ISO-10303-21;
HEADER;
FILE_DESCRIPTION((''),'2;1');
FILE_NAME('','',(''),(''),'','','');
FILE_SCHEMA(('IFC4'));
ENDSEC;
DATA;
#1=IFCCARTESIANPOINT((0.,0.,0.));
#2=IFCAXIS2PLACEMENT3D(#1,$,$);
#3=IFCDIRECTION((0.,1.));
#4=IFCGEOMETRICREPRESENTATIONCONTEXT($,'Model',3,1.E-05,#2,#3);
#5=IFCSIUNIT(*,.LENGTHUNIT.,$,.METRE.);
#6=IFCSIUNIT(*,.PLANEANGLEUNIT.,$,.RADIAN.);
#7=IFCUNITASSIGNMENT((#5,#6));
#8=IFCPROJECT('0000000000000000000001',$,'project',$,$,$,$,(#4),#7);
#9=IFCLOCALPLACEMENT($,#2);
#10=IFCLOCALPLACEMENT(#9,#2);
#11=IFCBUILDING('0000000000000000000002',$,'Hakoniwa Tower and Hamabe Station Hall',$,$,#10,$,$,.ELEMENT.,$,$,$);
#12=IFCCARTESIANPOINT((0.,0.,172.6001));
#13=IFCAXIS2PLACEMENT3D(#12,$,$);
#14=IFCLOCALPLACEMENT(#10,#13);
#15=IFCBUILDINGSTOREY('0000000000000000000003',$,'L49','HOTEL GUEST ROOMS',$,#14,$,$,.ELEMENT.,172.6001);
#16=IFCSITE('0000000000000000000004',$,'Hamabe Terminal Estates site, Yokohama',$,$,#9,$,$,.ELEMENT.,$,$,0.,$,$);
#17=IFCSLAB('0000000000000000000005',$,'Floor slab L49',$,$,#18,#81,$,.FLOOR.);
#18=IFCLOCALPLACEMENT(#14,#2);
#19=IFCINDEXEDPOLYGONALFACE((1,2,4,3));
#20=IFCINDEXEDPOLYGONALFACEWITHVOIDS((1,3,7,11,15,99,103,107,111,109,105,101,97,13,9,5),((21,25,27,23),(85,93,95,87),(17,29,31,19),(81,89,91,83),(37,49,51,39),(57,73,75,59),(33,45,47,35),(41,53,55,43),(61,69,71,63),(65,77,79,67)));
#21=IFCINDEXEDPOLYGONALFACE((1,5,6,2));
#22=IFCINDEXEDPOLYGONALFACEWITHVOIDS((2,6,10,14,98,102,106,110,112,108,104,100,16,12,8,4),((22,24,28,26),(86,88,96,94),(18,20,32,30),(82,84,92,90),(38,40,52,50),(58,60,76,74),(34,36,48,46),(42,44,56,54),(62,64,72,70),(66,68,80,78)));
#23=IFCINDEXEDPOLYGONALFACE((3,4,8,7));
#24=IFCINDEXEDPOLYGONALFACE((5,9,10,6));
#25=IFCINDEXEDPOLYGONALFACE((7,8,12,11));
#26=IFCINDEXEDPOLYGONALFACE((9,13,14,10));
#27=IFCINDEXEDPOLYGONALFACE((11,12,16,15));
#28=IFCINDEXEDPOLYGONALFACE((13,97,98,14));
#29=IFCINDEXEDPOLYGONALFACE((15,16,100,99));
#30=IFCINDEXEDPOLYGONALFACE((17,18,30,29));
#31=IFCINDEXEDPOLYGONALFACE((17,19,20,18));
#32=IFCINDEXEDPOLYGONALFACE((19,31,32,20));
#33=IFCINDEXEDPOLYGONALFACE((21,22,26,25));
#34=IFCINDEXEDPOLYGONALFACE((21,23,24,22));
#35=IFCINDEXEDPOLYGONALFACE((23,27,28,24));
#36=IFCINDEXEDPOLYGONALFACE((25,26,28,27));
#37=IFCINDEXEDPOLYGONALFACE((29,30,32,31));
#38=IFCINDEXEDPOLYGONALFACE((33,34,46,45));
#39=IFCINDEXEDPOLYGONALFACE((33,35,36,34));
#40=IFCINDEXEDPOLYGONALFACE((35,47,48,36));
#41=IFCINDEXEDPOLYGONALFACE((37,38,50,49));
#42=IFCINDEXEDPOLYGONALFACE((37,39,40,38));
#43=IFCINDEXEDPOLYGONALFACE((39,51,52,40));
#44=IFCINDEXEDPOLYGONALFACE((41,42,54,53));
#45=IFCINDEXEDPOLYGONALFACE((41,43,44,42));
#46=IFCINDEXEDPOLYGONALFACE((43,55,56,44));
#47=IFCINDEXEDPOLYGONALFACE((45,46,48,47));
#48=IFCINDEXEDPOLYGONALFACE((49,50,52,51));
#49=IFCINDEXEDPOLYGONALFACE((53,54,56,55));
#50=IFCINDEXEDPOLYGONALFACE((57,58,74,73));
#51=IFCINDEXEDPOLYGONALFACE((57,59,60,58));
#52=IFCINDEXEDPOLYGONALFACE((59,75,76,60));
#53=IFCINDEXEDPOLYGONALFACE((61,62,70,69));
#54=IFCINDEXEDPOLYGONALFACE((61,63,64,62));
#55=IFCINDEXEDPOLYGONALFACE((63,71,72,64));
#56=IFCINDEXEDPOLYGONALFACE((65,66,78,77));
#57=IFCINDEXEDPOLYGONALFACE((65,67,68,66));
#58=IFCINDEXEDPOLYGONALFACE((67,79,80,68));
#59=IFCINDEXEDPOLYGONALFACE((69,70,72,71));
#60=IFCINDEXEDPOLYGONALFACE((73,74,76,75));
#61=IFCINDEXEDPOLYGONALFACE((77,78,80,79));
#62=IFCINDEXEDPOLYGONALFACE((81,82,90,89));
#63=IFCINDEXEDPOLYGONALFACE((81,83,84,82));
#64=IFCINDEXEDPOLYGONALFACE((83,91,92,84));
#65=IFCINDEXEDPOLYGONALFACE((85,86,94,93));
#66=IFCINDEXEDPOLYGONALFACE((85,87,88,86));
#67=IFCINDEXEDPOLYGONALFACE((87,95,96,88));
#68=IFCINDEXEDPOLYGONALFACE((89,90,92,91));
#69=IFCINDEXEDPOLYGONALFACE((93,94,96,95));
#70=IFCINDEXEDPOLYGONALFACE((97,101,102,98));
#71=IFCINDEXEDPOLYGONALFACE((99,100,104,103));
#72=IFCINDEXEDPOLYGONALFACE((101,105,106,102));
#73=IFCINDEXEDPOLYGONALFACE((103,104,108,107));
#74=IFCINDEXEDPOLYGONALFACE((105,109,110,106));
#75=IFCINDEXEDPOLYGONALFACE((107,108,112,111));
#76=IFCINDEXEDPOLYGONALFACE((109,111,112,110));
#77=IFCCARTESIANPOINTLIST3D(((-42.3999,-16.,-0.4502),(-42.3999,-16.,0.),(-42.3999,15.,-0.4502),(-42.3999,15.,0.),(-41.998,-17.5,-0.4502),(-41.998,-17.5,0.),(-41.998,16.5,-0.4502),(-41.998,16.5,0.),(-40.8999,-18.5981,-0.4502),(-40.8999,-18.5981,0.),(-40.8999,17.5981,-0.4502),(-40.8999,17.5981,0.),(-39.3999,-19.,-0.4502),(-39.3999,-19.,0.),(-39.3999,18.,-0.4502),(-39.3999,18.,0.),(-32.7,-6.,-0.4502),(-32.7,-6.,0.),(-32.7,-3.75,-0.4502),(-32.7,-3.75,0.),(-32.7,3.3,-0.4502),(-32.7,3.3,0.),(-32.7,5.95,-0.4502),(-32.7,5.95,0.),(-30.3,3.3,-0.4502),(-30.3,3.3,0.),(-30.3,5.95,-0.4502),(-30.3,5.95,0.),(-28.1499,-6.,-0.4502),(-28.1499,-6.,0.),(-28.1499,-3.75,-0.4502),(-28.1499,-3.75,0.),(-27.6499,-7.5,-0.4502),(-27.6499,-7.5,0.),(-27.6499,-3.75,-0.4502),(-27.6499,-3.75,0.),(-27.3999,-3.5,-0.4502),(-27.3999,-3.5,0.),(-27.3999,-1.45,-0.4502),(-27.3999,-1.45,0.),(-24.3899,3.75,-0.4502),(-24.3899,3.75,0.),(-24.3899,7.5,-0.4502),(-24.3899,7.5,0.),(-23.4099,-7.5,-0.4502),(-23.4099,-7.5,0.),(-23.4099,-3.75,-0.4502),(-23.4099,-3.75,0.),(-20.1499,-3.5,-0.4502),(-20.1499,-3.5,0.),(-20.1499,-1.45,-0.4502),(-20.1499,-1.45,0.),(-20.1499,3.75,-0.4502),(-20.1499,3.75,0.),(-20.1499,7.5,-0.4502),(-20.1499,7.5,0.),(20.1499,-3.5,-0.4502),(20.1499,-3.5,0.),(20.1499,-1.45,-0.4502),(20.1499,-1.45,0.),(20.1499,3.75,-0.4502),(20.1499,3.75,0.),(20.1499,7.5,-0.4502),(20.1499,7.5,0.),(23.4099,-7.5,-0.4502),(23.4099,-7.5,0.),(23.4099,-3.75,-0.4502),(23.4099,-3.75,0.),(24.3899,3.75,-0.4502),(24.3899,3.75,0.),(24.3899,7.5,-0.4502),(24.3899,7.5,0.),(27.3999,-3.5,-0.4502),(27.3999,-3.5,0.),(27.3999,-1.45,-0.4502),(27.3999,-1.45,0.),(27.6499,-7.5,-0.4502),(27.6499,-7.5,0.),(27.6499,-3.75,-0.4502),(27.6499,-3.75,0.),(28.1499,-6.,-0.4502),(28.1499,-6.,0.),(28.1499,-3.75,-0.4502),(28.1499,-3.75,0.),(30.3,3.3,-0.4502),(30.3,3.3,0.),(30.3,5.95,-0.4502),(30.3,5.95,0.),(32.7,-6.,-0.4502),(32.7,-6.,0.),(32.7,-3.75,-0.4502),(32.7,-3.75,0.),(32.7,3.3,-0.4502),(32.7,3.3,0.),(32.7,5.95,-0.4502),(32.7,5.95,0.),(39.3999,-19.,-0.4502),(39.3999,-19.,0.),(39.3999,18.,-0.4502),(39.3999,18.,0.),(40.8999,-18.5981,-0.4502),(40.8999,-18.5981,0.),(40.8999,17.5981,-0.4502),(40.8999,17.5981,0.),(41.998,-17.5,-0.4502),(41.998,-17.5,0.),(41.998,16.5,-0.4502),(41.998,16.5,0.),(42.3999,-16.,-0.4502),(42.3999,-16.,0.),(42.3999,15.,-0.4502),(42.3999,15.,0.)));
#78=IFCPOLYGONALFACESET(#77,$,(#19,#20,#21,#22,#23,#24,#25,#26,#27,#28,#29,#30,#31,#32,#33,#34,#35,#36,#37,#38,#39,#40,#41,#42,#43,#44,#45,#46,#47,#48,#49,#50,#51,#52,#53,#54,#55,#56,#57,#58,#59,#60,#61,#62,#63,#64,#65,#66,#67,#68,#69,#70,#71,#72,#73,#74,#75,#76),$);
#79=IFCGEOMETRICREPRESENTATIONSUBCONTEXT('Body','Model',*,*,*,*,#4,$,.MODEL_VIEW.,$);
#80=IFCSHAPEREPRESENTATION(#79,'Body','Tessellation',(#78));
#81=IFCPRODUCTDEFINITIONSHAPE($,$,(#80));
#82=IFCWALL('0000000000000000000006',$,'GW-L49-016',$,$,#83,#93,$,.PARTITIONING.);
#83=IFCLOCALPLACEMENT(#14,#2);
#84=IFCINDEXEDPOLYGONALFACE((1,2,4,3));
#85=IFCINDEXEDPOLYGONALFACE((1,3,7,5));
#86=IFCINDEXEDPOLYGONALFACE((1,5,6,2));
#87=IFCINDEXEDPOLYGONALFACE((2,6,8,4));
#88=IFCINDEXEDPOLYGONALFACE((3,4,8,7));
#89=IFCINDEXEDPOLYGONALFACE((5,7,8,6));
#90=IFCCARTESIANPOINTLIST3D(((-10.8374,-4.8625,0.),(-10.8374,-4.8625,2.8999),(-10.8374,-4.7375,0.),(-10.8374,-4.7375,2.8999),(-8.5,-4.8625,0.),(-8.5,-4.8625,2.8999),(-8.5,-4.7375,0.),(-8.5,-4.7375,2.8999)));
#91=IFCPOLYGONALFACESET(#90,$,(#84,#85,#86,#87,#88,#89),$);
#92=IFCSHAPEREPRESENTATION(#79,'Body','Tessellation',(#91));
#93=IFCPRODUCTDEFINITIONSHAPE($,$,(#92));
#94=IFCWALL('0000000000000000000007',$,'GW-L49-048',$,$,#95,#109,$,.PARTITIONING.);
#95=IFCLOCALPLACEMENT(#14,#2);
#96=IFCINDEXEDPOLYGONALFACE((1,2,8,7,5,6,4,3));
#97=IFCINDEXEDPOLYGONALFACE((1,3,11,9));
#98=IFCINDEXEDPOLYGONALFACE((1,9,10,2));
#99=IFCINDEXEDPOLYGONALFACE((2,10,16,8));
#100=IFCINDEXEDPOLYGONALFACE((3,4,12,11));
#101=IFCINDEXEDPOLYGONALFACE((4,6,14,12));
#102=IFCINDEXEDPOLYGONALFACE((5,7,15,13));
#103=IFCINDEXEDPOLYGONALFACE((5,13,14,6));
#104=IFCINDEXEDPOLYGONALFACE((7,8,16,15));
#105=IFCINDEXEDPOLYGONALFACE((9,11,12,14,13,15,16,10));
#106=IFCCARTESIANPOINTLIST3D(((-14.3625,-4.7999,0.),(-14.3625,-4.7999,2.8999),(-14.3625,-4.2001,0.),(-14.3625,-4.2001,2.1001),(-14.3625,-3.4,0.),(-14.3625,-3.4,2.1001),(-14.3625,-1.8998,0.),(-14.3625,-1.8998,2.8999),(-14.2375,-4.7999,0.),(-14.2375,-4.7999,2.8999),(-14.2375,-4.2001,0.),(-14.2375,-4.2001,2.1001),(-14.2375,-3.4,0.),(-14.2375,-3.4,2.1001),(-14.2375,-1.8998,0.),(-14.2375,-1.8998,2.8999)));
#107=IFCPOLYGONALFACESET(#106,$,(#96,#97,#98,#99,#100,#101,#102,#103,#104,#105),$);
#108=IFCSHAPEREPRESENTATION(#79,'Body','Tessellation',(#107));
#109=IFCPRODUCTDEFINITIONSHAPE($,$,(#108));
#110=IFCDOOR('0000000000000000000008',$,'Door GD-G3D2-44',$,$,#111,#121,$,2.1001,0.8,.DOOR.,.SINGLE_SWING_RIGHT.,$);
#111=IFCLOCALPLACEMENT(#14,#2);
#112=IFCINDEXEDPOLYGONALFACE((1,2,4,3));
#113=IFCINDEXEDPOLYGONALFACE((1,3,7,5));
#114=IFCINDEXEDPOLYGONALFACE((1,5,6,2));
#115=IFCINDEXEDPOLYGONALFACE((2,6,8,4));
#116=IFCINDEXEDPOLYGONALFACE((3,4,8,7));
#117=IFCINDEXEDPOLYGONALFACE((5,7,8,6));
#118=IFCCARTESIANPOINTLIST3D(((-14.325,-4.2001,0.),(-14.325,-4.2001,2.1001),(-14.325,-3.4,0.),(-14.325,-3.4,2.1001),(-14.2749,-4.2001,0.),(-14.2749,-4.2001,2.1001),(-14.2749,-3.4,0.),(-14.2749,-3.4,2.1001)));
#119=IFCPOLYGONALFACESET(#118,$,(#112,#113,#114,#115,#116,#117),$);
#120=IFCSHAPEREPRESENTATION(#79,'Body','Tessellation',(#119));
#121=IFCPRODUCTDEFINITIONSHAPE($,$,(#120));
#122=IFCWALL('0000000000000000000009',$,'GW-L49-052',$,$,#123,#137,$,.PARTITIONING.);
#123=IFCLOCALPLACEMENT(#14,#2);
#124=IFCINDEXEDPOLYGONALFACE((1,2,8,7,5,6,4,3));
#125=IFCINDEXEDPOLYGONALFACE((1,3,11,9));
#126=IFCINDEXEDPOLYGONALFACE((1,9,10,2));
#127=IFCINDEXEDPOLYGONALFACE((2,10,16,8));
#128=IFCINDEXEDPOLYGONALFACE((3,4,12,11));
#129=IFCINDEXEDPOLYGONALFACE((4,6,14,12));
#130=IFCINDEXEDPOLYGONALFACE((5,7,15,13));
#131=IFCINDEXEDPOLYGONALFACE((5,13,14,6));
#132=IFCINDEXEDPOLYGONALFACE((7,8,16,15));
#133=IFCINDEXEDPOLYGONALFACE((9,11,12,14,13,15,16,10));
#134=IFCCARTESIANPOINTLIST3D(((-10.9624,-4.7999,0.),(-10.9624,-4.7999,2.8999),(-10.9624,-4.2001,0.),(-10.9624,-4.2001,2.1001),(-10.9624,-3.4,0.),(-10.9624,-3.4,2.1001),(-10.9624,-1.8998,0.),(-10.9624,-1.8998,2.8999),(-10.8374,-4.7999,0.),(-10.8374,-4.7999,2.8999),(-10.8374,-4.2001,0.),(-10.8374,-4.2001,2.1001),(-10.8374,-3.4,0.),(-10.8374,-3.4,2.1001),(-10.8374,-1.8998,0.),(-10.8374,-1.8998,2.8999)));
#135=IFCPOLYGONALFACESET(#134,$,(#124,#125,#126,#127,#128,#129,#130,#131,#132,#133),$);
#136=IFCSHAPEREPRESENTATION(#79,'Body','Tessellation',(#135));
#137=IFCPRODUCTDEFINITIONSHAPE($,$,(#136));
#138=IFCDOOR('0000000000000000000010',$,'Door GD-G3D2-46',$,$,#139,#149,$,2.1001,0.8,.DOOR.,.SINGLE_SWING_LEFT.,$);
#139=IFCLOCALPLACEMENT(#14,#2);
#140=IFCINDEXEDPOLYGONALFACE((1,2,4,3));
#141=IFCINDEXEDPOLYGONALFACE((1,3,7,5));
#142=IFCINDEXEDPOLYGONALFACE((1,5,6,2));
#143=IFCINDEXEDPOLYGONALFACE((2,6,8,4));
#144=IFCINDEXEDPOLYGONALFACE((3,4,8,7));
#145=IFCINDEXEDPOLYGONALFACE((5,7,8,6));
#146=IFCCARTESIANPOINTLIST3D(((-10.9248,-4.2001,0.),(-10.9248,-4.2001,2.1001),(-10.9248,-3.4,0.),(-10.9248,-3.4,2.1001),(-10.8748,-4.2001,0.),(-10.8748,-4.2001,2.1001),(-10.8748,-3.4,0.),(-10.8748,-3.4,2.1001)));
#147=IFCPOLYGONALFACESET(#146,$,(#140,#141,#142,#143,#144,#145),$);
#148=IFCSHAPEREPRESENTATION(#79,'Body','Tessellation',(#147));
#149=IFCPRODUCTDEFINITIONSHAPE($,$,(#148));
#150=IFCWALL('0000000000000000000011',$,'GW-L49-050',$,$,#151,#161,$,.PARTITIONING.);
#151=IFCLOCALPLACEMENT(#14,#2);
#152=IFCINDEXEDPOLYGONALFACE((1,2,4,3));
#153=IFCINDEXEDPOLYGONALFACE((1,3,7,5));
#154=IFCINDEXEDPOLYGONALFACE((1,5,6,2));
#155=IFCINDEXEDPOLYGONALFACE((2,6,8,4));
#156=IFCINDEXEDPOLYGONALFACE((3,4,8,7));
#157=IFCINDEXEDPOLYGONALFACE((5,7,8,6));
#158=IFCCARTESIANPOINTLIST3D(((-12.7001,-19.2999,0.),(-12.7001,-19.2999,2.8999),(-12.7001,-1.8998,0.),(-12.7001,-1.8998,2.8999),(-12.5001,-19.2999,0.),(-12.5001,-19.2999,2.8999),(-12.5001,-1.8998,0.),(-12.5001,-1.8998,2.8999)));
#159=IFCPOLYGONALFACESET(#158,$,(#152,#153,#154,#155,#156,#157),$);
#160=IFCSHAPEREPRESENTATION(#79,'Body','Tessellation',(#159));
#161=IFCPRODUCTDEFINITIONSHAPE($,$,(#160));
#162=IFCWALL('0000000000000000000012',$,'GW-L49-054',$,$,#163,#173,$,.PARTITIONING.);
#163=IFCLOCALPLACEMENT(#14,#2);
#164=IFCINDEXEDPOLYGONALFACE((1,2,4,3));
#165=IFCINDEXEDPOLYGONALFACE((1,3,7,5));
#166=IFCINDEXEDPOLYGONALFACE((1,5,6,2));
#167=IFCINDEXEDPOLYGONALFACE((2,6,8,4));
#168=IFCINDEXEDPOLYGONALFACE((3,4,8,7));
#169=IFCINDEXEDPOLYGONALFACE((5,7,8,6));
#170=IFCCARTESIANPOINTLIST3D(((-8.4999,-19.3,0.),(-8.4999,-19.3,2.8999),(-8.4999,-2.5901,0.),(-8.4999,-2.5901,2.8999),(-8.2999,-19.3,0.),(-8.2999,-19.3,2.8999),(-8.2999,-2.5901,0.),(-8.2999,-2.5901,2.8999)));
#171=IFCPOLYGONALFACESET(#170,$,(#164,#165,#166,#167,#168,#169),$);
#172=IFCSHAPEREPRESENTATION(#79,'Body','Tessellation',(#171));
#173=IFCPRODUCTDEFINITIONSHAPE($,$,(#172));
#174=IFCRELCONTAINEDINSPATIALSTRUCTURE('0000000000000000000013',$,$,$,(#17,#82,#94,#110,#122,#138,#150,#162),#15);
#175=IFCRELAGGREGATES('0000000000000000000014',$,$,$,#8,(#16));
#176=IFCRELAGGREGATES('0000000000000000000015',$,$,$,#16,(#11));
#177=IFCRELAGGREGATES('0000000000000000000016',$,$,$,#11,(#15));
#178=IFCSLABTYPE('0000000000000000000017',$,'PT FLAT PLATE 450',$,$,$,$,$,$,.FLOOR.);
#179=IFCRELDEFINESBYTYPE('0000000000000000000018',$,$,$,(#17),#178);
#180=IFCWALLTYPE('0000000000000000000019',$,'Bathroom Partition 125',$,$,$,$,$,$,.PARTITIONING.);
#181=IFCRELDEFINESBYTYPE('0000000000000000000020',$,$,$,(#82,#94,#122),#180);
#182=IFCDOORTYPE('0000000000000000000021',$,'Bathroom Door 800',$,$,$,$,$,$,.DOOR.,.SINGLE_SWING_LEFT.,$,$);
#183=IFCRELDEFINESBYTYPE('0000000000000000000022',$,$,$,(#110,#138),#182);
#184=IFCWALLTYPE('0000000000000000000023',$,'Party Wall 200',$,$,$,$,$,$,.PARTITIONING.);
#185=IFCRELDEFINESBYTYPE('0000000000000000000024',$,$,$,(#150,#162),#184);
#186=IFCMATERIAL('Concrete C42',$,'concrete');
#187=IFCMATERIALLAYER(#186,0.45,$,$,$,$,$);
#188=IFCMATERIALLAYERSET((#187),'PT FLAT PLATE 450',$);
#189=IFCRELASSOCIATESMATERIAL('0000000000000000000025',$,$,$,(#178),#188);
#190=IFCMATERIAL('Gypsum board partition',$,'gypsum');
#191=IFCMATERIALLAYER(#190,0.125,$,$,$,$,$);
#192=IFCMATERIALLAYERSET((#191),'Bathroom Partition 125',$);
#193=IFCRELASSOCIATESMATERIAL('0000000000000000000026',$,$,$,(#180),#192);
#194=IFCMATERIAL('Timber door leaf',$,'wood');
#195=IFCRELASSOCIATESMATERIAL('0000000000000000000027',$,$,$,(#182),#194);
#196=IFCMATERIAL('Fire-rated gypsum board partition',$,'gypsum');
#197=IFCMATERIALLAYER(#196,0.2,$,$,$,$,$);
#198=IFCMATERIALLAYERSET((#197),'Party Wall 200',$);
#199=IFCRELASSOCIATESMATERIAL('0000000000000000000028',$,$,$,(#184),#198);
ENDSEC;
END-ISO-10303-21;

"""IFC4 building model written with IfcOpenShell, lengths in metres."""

from ifc_helpers import new_model, si_unit, direction, frame, frame_2d, origin, place, context, subcontext, project, spatial, polyline, rectangle, outline, extrude, material, layer, layer_set, type_object, element, fill, save


model = new_model("IFC4")

# Units and contexts
model_context = context("Model", 3, precision=1e-05, world=origin(), true_north=direction((0.0, 1.0)))
body_context = subcontext(model_context, "Body", "Model", "MODEL_VIEW")
ifc_project = project(units=[si_unit("LENGTHUNIT", "METRE"), si_unit("PLANEANGLEUNIT", "RADIAN")], contexts=[model_context])

# Site, building, storey
site_placement = place(None, origin())
site = spatial("IfcSite", under=ifc_project, at=site_placement, Name="Hamabe Terminal Estates site, Yokohama", CompositionType="ELEMENT", RefElevation=0.0)
building_placement = place(site_placement, origin())
building = spatial("IfcBuilding", under=site, at=building_placement, Name="Hakoniwa Tower and Hamabe Station Hall", CompositionType="ELEMENT")
storey_placement = place(building_placement, frame((0.0, 0.0, 172.6001)))
storey = spatial("IfcBuildingStorey", under=building, at=storey_placement, Name="L49", Description="HOTEL GUEST ROOMS", CompositionType="ELEMENT", Elevation=172.6001)

# Slab
ifc_material_1 = material(Name="Concrete C42", Category="concrete")
ifc_layer_1 = layer(ifc_material_1, 0.45)
ifc_layer_set_1 = layer_set([ifc_layer_1], Name="PT FLAT PLATE 450")
slab_type = type_object("IfcSlabType", Name="PT FLAT PLATE 450", PredefinedType="FLOOR", material=ifc_layer_set_1)
slab_placement = place(storey_placement, frame((0.0, 0.0, -0.4502)))
element("IfcSlab", 1, at=slab_placement, inside=storey, type_object=slab_type, Name="Floor slab L49", PredefinedType="FLOOR", context=body_context, shape_type="SweptSolid", body=[
    extrude(outline(polyline([(42.3999, -16.0), (42.3999, 15.0), (41.998, 16.5), (40.8999, 17.5981), (39.3999, 18.0), (-39.3999, 18.0), (-40.8999, 17.5981), (-41.998, 16.5), (-42.3999, 15.0), (-42.3999, -16.0), (-41.998, -17.5), (-40.8999, -18.5981), (-39.3999, -19.0), (39.3999, -19.0), (40.8999, -18.5981), (41.998, -17.5), (42.3999, -16.0)]), holes=[polyline([(-27.3999, -3.5), (-27.3999, -1.45), (-20.1499, -1.45), (-20.1499, -3.5), (-27.3999, -3.5)]), polyline([(-32.7, 3.3), (-32.7, 5.95), (-30.3, 5.95), (-30.3, 3.3), (-32.7, 3.3)]), polyline([(-32.7, -6.0), (-32.7, -3.75), (-28.1499, -3.75), (-28.1499, -6.0), (-32.7, -6.0)]), polyline([(-24.3899, 3.75), (-24.3899, 7.5), (-20.1499, 7.5), (-20.1499, 3.75), (-24.3899, 3.75)]), polyline([(-27.6499, -7.5), (-27.6499, -3.75), (-23.4099, -3.75), (-23.4099, -7.5), (-27.6499, -7.5)]), polyline([(20.1499, -3.5), (20.1499, -1.45), (27.3999, -1.45), (27.3999, -3.5), (20.1499, -3.5)]), polyline([(30.3, 3.3), (30.3, 5.95), (32.7, 5.95), (32.7, 3.3), (30.3, 3.3)]), polyline([(28.1499, -6.0), (28.1499, -3.75), (32.7, -3.75), (32.7, -6.0), (28.1499, -6.0)]), polyline([(20.1499, 3.75), (20.1499, 7.5), (24.3899, 7.5), (24.3899, 3.75), (20.1499, 3.75)]), polyline([(23.4099, -7.5), (23.4099, -3.75), (27.6499, -3.75), (27.6499, -7.5), (23.4099, -7.5)])]), origin(), (0.0, 0.0, 1.0), 0.4502),
])

# Wall
ifc_material_2 = material(Name="Gypsum board partition", Category="gypsum")
ifc_layer_2 = layer(ifc_material_2, 0.125)
ifc_layer_set_2 = layer_set([ifc_layer_2], Name="Bathroom Partition 125")
wall_type_1 = type_object("IfcWallType", Name="Bathroom Partition 125", PredefinedType="PARTITIONING", material=ifc_layer_set_2)
wall_1_placement = place(storey_placement, frame((-10.8374, -4.8, 0.0), z_axis=(0.0, 0.0, 1.0), x_axis=(1.0, 0.0, 0.0)))
element("IfcWall", 2, at=wall_1_placement, inside=storey, type_object=wall_type_1, Name="GW-L49-016", PredefinedType="PARTITIONING", context=body_context, shape_type="SweptSolid", body=[
    extrude(rectangle(XDim=2.3374, YDim=0.125, at=frame_2d((1.1687, 0.0))), origin(), (0.0, 0.0, 1.0), 2.8999),
])

# Walls, openings, doors
wall_2_placement = place(storey_placement, frame((-14.3, -4.8, 0.0), z_axis=(0.0, 0.0, 1.0), x_axis=(0.0, 1.0, 0.0)))
wall_2 = element("IfcWall", 3, at=wall_2_placement, inside=storey, type_object=wall_type_1, Name="GW-L49-048", PredefinedType="PARTITIONING", context=body_context, shape_type="SweptSolid", body=[
    extrude(rectangle(XDim=2.9001, YDim=0.125, at=frame_2d((1.4502, 0.0))), origin(), (0.0, 0.0, 1.0), 2.8999),
])
opening_1_placement = place(wall_2_placement, frame((0.6001, 0.0, 0.0)))
opening_1 = element("IfcOpeningElement", 4, at=opening_1_placement, cuts=wall_2, PredefinedType="OPENING", context=body_context, shape_type="SweptSolid", body=[
    extrude(rectangle(XDim=0.8, YDim=2.1001, at=frame_2d((0.3999, 1.05))), frame((0.0, 0.0725, 0.0), z_axis=(0.0, -1.0, 0.0), x_axis=(1.0, 0.0, 0.0)), (0.0, 0.0, 1.0), 0.145),
])
ifc_material_3 = material(Name="Timber door leaf", Category="wood")
door_type = type_object("IfcDoorType", Name="Bathroom Door 800", OperationType="SINGLE_SWING_LEFT", PredefinedType="DOOR", material=ifc_material_3)
door_1_placement = place(opening_1_placement, origin())
door_1 = element("IfcDoor", 5, at=door_1_placement, inside=storey, type_object=door_type, Name="Door GD-G3D2-44", OperationType="SINGLE_SWING_RIGHT", OverallHeight=2.1001, OverallWidth=0.8, PredefinedType="DOOR", context=body_context, shape_type="SweptSolid", body=[
    extrude(rectangle(XDim=0.8, YDim=2.1001, at=frame_2d((0.3999, 1.05))), frame((0.0, 0.0249, 0.0), z_axis=(0.0, -1.0, 0.0), x_axis=(1.0, 0.0, 0.0)), (0.0, 0.0, 1.0), 0.05),
])
fill(opening_1, door_1)
wall_3_placement = place(storey_placement, frame((-10.8999, -4.8, 0.0), z_axis=(0.0, 0.0, 1.0), x_axis=(0.0, 1.0, 0.0)))
wall_3 = element("IfcWall", 6, at=wall_3_placement, inside=storey, type_object=wall_type_1, Name="GW-L49-052", PredefinedType="PARTITIONING", context=body_context, shape_type="SweptSolid", body=[
    extrude(rectangle(XDim=2.9001, YDim=0.125, at=frame_2d((1.4502, 0.0))), origin(), (0.0, 0.0, 1.0), 2.8999),
])
opening_2_placement = place(wall_3_placement, frame((0.6001, 0.0, 0.0)))
opening_2 = element("IfcOpeningElement", 7, at=opening_2_placement, cuts=wall_3, PredefinedType="OPENING", context=body_context, shape_type="SweptSolid", body=[
    extrude(rectangle(XDim=0.8, YDim=2.1001, at=frame_2d((0.3999, 1.05))), frame((0.0, 0.0725, 0.0), z_axis=(0.0, -1.0, 0.0), x_axis=(1.0, 0.0, 0.0)), (0.0, 0.0, 1.0), 0.145),
])
door_2_placement = place(opening_2_placement, origin())
door_2 = element("IfcDoor", 8, at=door_2_placement, inside=storey, type_object=door_type, Name="Door GD-G3D2-46", OperationType="SINGLE_SWING_LEFT", OverallHeight=2.1001, OverallWidth=0.8, PredefinedType="DOOR", context=body_context, shape_type="SweptSolid", body=[
    extrude(rectangle(XDim=0.8, YDim=2.1001, at=frame_2d((0.3999, 1.05))), frame((0.0, 0.0249, 0.0), z_axis=(0.0, -1.0, 0.0), x_axis=(1.0, 0.0, 0.0)), (0.0, 0.0, 1.0), 0.05),
])
fill(opening_2, door_2)

# Walls
ifc_material_4 = material(Name="Fire-rated gypsum board partition", Category="gypsum")
ifc_layer_3 = layer(ifc_material_4, 0.2)
ifc_layer_set_3 = layer_set([ifc_layer_3], Name="Party Wall 200")
wall_type_2 = type_object("IfcWallType", Name="Party Wall 200", PredefinedType="PARTITIONING", material=ifc_layer_set_3)
wall_4_placement = place(storey_placement, frame((-12.6001, -19.3, 0.0), z_axis=(0.0, 0.0, 1.0), x_axis=(0.0, 1.0, 0.0)))
element("IfcWall", 9, at=wall_4_placement, inside=storey, type_object=wall_type_2, Name="GW-L49-050", PredefinedType="PARTITIONING", context=body_context, shape_type="SweptSolid", body=[
    extrude(rectangle(XDim=17.4001, YDim=0.2, at=frame_2d((8.7002, 0.0))), origin(), (0.0, 0.0, 1.0), 2.8999),
])
wall_5_placement = place(storey_placement, frame((-8.3999, -19.3, 0.0), z_axis=(0.0, 0.0, 1.0), x_axis=(0.0, 1.0, 0.0)))
element("IfcWall", 10, at=wall_5_placement, inside=storey, type_object=wall_type_2, Name="GW-L49-054", PredefinedType="PARTITIONING", context=body_context, shape_type="SweptSolid", body=[
    extrude(rectangle(XDim=16.71, YDim=0.2, at=frame_2d((8.355, 0.0))), origin(), (0.0, 0.0, 1.0), 2.8999),
])

save(model, "model.ifc")
